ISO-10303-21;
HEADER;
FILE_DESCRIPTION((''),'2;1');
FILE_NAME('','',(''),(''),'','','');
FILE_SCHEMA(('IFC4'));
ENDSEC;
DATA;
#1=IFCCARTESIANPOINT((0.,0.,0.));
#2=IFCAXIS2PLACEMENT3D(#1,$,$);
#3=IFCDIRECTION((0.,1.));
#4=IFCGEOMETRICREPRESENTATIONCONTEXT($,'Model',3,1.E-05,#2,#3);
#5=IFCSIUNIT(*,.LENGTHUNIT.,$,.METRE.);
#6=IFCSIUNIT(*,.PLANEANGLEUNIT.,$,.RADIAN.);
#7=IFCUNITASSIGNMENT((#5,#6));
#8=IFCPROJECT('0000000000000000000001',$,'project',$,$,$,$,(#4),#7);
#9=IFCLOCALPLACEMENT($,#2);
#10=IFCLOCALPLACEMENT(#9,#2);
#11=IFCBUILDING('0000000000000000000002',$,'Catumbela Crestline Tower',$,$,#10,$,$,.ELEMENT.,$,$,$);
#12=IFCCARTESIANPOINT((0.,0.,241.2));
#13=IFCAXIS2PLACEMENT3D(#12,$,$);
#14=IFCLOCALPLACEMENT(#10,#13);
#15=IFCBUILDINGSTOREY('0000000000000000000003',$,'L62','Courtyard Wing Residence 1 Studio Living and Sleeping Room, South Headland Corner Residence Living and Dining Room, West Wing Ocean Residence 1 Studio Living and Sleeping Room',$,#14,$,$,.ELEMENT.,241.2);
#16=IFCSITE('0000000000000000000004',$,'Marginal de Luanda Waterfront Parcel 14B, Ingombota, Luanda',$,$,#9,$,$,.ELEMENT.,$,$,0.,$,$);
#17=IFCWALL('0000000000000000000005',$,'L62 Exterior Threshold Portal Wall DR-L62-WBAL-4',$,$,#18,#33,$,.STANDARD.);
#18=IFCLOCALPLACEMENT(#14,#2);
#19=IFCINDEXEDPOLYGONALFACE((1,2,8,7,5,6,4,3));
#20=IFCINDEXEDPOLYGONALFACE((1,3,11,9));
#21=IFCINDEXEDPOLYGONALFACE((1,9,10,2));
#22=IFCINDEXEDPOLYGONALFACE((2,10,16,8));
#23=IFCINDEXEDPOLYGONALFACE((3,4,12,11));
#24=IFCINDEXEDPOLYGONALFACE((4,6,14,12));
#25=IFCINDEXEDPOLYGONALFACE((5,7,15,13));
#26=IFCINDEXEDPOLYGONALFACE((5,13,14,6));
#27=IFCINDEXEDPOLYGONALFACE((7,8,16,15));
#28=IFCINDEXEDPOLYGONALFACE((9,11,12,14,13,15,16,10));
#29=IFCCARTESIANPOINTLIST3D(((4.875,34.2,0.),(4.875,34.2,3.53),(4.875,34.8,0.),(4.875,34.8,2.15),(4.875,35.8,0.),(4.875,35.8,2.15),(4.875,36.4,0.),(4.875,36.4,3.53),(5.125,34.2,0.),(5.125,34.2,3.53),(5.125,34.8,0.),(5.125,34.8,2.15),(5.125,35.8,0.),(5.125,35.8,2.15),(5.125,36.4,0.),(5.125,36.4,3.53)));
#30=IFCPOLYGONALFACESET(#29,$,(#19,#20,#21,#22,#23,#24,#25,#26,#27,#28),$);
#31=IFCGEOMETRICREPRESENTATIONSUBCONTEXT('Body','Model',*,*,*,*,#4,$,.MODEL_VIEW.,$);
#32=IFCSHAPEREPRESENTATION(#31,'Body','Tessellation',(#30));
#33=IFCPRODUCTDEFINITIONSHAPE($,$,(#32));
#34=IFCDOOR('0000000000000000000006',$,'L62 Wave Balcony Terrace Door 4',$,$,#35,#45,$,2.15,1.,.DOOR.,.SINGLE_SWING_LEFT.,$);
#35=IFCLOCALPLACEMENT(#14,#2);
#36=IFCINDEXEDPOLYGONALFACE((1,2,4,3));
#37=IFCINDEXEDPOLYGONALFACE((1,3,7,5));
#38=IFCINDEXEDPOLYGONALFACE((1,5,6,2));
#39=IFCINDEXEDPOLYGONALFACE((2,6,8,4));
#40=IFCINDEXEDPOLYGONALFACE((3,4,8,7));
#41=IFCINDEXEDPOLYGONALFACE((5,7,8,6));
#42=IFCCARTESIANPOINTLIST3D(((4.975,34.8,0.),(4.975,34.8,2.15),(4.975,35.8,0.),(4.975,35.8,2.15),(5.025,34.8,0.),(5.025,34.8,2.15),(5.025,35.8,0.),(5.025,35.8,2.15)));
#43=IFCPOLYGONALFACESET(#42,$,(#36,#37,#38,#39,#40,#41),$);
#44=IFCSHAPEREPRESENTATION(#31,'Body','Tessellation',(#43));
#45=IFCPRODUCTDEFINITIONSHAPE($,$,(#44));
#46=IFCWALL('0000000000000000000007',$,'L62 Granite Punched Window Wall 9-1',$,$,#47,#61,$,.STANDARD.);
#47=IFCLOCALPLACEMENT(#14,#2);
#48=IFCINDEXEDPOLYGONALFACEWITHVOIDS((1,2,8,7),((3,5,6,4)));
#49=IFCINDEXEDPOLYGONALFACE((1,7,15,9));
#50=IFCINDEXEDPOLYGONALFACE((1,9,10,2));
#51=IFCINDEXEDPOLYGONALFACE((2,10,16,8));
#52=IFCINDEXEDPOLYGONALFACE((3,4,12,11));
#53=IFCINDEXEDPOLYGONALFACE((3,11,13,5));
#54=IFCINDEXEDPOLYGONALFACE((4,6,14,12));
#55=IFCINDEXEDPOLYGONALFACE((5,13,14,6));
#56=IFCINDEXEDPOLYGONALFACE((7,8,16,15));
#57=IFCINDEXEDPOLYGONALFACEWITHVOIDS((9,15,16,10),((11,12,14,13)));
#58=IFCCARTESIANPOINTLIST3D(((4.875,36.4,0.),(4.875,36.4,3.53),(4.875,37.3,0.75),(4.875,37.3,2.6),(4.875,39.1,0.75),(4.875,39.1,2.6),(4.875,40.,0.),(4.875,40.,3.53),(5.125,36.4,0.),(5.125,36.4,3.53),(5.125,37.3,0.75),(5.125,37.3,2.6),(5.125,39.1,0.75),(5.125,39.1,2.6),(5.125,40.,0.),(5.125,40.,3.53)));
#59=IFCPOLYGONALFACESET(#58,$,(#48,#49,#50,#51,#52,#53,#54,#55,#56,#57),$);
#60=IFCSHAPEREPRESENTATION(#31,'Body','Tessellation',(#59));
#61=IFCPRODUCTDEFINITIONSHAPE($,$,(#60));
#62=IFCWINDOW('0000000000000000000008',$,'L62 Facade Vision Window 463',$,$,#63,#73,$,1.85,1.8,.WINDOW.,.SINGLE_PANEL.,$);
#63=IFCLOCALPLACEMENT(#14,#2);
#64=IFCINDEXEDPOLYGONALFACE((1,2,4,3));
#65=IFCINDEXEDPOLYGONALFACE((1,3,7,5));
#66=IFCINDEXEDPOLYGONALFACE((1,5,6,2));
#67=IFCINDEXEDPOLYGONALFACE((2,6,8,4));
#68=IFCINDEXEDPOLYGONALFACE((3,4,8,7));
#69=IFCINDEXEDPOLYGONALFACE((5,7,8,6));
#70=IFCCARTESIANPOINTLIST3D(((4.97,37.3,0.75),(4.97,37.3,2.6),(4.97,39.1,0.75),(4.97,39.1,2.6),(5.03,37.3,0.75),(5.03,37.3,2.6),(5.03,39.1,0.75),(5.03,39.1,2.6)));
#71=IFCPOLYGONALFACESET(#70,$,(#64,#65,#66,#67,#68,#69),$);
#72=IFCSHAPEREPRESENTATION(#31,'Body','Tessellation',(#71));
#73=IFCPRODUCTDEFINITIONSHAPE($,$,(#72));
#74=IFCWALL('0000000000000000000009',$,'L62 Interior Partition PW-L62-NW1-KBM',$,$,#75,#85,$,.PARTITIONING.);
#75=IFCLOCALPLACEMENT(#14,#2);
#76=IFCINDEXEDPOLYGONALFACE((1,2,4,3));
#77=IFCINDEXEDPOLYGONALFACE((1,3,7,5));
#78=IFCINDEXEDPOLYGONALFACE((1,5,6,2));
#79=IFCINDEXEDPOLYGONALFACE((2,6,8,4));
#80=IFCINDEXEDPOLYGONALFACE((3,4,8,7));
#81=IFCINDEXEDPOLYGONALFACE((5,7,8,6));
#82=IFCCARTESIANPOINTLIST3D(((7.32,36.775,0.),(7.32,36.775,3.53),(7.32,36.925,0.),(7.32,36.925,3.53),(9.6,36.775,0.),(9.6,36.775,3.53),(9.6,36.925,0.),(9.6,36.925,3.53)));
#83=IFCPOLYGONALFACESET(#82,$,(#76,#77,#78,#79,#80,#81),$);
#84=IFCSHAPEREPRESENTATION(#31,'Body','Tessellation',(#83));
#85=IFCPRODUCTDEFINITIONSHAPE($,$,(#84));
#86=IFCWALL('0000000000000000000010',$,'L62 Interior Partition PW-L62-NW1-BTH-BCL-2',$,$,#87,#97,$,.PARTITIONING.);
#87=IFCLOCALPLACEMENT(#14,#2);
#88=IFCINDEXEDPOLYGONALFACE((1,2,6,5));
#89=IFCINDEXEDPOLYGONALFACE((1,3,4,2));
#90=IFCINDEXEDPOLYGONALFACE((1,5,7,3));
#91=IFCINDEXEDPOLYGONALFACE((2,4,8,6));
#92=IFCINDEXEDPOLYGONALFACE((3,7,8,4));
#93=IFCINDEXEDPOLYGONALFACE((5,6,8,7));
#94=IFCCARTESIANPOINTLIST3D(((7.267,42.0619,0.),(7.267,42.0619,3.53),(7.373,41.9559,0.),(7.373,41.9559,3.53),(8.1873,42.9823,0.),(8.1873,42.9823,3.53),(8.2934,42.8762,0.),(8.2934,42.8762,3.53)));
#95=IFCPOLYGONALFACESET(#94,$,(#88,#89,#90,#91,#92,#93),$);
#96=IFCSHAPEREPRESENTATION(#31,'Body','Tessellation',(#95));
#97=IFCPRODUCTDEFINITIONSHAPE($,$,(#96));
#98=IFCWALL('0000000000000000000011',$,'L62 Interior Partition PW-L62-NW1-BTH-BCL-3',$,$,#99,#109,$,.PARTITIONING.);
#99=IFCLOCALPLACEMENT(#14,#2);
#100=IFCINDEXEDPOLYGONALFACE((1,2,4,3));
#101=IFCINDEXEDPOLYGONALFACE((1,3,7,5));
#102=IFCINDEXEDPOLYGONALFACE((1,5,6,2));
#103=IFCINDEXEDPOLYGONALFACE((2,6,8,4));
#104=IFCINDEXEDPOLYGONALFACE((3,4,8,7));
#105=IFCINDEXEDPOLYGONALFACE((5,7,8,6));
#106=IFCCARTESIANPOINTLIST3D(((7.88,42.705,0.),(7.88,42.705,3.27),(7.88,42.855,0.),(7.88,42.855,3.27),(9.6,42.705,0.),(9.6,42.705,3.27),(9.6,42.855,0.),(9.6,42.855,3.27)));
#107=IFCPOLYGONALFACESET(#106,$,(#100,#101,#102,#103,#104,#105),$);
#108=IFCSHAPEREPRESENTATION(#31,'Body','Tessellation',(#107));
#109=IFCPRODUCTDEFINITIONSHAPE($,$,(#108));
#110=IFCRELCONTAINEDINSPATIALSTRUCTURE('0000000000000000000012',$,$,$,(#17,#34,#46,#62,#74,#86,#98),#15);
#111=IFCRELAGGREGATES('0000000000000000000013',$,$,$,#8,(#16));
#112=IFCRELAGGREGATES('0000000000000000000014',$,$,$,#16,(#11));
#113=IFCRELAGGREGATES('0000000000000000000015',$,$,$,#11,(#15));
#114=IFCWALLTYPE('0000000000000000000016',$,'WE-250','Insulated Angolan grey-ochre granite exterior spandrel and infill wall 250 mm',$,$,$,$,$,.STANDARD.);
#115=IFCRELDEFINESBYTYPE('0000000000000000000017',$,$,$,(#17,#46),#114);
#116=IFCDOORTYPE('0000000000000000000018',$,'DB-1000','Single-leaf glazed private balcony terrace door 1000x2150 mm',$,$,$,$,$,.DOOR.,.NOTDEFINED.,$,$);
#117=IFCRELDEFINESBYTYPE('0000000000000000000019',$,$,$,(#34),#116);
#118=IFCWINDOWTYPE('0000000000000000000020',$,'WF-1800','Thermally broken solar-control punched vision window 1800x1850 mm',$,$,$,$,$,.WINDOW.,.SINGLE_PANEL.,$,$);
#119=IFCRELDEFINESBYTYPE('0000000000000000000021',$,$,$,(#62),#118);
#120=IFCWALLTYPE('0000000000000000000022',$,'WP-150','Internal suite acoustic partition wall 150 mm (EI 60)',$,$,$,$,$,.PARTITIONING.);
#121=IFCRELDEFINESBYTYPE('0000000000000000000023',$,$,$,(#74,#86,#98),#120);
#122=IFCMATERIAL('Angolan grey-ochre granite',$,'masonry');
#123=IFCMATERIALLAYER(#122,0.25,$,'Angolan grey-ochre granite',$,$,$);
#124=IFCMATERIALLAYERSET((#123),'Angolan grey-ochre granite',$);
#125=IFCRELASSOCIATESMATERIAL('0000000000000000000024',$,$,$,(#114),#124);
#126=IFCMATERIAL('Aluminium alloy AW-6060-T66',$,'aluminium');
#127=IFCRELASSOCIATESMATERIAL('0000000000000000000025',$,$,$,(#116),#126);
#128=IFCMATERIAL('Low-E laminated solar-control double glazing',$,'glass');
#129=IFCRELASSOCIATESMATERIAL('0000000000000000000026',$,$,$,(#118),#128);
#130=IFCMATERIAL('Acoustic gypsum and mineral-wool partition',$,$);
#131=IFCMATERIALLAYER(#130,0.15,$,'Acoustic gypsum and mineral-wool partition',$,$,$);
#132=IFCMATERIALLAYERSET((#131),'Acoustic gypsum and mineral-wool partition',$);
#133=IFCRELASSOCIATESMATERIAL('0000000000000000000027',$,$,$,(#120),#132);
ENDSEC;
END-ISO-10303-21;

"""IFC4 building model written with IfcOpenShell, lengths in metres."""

from ifc_helpers import new_model, si_unit, direction, frame, frame_2d, origin, place, context, subcontext, project, spatial, rectangle, extrude, material, layer, layer_set, type_object, element, fill, save


model = new_model("IFC4")

# Units and contexts
model_context = context("Model", 3, precision=1e-05, world=origin(), true_north=direction((0.0, 1.0)))
body_context = subcontext(model_context, "Body", "Model", "MODEL_VIEW")
ifc_project = project(units=[si_unit("LENGTHUNIT", "METRE"), si_unit("PLANEANGLEUNIT", "RADIAN")], contexts=[model_context])

# Site, building, storey
site_placement = place(None, origin())
site = spatial("IfcSite", under=ifc_project, at=site_placement, Name="Marginal de Luanda Waterfront Parcel 14B, Ingombota, Luanda", CompositionType="ELEMENT", RefElevation=0.0)
building_placement = place(site_placement, origin())
building = spatial("IfcBuilding", under=site, at=building_placement, Name="Catumbela Crestline Tower", CompositionType="ELEMENT")
storey_placement = place(building_placement, frame((0.0, 0.0, 241.2)))
storey = spatial("IfcBuildingStorey", under=building, at=storey_placement, Name="L62", Description="Courtyard Wing Residence 1 Studio Living and Sleeping Room, South Headland Corner Residence Living and Dining Room, West Wing Ocean Residence 1 Studio Living and Sleeping Room", CompositionType="ELEMENT", Elevation=241.2)

# Shared definitions
ifc_material_1 = material(Name="Aluminium alloy AW-6060-T66", Category="aluminium")

# Shared definitions
ifc_material_2 = material(Name="Low-E laminated solar-control double glazing", Category="glass")

# Shared definitions
ifc_material_3 = material(Name="Angolan grey-ochre granite", Category="masonry")
ifc_layer_1 = layer(ifc_material_3, 0.25, Name="Angolan grey-ochre granite")
ifc_layer_set_1 = layer_set([ifc_layer_1], Name="Angolan grey-ochre granite")
wall_type_1 = type_object("IfcWallType", Name="WE-250", Description="Insulated Angolan grey-ochre granite exterior spandrel and infill wall 250 mm", PredefinedType="STANDARD", material=ifc_layer_set_1)

# Wall, opening, door
wall_1_placement = place(storey_placement, frame((5.0, 36.4, 0.0), z_axis=(0.0, 0.0, 1.0), x_axis=(0.0, -1.0, 0.0)))
wall_1 = element("IfcWall", 1, at=wall_1_placement, inside=storey, type_object=wall_type_1, Name="L62 Exterior Threshold Portal Wall DR-L62-WBAL-4", PredefinedType="STANDARD", context=body_context, shape_type="SweptSolid", body=[
    extrude(rectangle(XDim=2.2, YDim=0.25, at=frame_2d((1.1, 0.0))), origin(), (0.0, 0.0, 1.0), 3.53),
])
opening_1_placement = place(wall_1_placement, frame((0.6, 0.0, 0.0)))
opening_1 = element("IfcOpeningElement", 2, at=opening_1_placement, cuts=wall_1, PredefinedType="OPENING", context=body_context, shape_type="SweptSolid", body=[
    extrude(rectangle(XDim=1.0, YDim=2.15, at=frame_2d((0.5, 1.075))), frame((0.0, 0.135, 0.0), z_axis=(0.0, -1.0, 0.0), x_axis=(1.0, 0.0, 0.0)), (0.0, 0.0, 1.0), 0.27),
])
door_type = type_object("IfcDoorType", Name="DB-1000", Description="Single-leaf glazed private balcony terrace door 1000x2150 mm", OperationType="NOTDEFINED", PredefinedType="DOOR", material=ifc_material_1)
door_placement = place(opening_1_placement, origin())
door = element("IfcDoor", 3, at=door_placement, inside=storey, type_object=door_type, Name="L62 Wave Balcony Terrace Door 4", OperationType="SINGLE_SWING_LEFT", OverallHeight=2.15, OverallWidth=1.0, PredefinedType="DOOR", context=body_context, shape_type="SweptSolid", body=[
    extrude(rectangle(XDim=1.0, YDim=2.15, at=frame_2d((0.5, 1.075))), frame((0.0, 0.025, 0.0), z_axis=(0.0, -1.0, 0.0), x_axis=(1.0, 0.0, 0.0)), (0.0, 0.0, 1.0), 0.05),
])
fill(opening_1, door)

# Wall, opening, window
wall_2_placement = place(storey_placement, frame((5.0, 40.0, 0.0), z_axis=(0.0, 0.0, 1.0), x_axis=(0.0, -1.0, 0.0)))
wall_2 = element("IfcWall", 4, at=wall_2_placement, inside=storey, type_object=wall_type_1, Name="L62 Granite Punched Window Wall 9-1", PredefinedType="STANDARD", context=body_context, shape_type="SweptSolid", body=[
    extrude(rectangle(XDim=3.6, YDim=0.25, at=frame_2d((1.8, 0.0))), origin(), (0.0, 0.0, 1.0), 3.53),
])
opening_2_placement = place(wall_2_placement, frame((0.9, 0.0, 0.75)))
opening_2 = element("IfcOpeningElement", 5, at=opening_2_placement, cuts=wall_2, PredefinedType="OPENING", context=body_context, shape_type="SweptSolid", body=[
    extrude(rectangle(XDim=1.8, YDim=1.85, at=frame_2d((0.9, 0.925))), frame((0.0, 0.135, 0.0), z_axis=(0.0, -1.0, 0.0), x_axis=(1.0, 0.0, 0.0)), (0.0, 0.0, 1.0), 0.27),
])
window_type_1 = type_object("IfcWindowType", Name="WF-1800", Description="Thermally broken solar-control punched vision window 1800x1850 mm", PartitioningType="SINGLE_PANEL", PredefinedType="WINDOW", material=ifc_material_2)
window_1_placement = place(opening_2_placement, origin())
window_1 = element("IfcWindow", 6, at=window_1_placement, inside=storey, type_object=window_type_1, Name="L62 Facade Vision Window 463", OverallHeight=1.85, OverallWidth=1.8, PartitioningType="SINGLE_PANEL", PredefinedType="WINDOW", context=body_context, shape_type="SweptSolid", body=[
    extrude(rectangle(XDim=1.8, YDim=1.85, at=frame_2d((0.9, 0.925))), frame((0.0, 0.03, 0.0), z_axis=(0.0, -1.0, 0.0), x_axis=(1.0, 0.0, 0.0)), (0.0, 0.0, 1.0), 0.06),
])
fill(opening_2, window_1)

# Walls
ifc_material_4 = material(Name="Acoustic gypsum and mineral-wool partition")
ifc_layer_2 = layer(ifc_material_4, 0.15, Name="Acoustic gypsum and mineral-wool partition")
ifc_layer_set_2 = layer_set([ifc_layer_2], Name="Acoustic gypsum and mineral-wool partition")
wall_type_2 = type_object("IfcWallType", Name="WP-150", Description="Internal suite acoustic partition wall 150 mm (EI 60)", PredefinedType="PARTITIONING", material=ifc_layer_set_2)
wall_3_placement = place(storey_placement, frame((7.32, 36.85, 0.0), z_axis=(0.0, 0.0, 1.0), x_axis=(1.0, 0.0, 0.0)))
element("IfcWall", 7, at=wall_3_placement, inside=storey, type_object=wall_type_2, Name="L62 Interior Partition PW-L62-NW1-KBM", PredefinedType="PARTITIONING", context=body_context, shape_type="SweptSolid", body=[
    extrude(rectangle(XDim=2.28, YDim=0.15, at=frame_2d((1.14, 0.0))), origin(), (0.0, 0.0, 1.0), 3.53),
])
wall_4_placement = place(storey_placement, frame((7.32, 42.0089, 0.0), z_axis=(0.0, 0.0, 1.0), x_axis=(0.707107, 0.707107, 0.0)))
element("IfcWall", 8, at=wall_4_placement, inside=storey, type_object=wall_type_2, Name="L62 Interior Partition PW-L62-NW1-BTH-BCL-2", PredefinedType="PARTITIONING", context=body_context, shape_type="SweptSolid", body=[
    extrude(rectangle(XDim=1.3016, YDim=0.15, at=frame_2d((0.6508, 0.0))), origin(), (0.0, 0.0, 1.0), 3.53),
])
wall_5_placement = place(storey_placement, frame((7.88, 42.78, 0.0), z_axis=(0.0, 0.0, 1.0), x_axis=(1.0, 0.0, 0.0)))
element("IfcWall", 9, at=wall_5_placement, inside=storey, type_object=wall_type_2, Name="L62 Interior Partition PW-L62-NW1-BTH-BCL-3", PredefinedType="PARTITIONING", context=body_context, shape_type="SweptSolid", body=[
    extrude(rectangle(XDim=1.72, YDim=0.15, at=frame_2d((0.86, 0.0))), origin(), (0.0, 0.0, 1.0), 3.27),
])

save(model, "model.ifc")
